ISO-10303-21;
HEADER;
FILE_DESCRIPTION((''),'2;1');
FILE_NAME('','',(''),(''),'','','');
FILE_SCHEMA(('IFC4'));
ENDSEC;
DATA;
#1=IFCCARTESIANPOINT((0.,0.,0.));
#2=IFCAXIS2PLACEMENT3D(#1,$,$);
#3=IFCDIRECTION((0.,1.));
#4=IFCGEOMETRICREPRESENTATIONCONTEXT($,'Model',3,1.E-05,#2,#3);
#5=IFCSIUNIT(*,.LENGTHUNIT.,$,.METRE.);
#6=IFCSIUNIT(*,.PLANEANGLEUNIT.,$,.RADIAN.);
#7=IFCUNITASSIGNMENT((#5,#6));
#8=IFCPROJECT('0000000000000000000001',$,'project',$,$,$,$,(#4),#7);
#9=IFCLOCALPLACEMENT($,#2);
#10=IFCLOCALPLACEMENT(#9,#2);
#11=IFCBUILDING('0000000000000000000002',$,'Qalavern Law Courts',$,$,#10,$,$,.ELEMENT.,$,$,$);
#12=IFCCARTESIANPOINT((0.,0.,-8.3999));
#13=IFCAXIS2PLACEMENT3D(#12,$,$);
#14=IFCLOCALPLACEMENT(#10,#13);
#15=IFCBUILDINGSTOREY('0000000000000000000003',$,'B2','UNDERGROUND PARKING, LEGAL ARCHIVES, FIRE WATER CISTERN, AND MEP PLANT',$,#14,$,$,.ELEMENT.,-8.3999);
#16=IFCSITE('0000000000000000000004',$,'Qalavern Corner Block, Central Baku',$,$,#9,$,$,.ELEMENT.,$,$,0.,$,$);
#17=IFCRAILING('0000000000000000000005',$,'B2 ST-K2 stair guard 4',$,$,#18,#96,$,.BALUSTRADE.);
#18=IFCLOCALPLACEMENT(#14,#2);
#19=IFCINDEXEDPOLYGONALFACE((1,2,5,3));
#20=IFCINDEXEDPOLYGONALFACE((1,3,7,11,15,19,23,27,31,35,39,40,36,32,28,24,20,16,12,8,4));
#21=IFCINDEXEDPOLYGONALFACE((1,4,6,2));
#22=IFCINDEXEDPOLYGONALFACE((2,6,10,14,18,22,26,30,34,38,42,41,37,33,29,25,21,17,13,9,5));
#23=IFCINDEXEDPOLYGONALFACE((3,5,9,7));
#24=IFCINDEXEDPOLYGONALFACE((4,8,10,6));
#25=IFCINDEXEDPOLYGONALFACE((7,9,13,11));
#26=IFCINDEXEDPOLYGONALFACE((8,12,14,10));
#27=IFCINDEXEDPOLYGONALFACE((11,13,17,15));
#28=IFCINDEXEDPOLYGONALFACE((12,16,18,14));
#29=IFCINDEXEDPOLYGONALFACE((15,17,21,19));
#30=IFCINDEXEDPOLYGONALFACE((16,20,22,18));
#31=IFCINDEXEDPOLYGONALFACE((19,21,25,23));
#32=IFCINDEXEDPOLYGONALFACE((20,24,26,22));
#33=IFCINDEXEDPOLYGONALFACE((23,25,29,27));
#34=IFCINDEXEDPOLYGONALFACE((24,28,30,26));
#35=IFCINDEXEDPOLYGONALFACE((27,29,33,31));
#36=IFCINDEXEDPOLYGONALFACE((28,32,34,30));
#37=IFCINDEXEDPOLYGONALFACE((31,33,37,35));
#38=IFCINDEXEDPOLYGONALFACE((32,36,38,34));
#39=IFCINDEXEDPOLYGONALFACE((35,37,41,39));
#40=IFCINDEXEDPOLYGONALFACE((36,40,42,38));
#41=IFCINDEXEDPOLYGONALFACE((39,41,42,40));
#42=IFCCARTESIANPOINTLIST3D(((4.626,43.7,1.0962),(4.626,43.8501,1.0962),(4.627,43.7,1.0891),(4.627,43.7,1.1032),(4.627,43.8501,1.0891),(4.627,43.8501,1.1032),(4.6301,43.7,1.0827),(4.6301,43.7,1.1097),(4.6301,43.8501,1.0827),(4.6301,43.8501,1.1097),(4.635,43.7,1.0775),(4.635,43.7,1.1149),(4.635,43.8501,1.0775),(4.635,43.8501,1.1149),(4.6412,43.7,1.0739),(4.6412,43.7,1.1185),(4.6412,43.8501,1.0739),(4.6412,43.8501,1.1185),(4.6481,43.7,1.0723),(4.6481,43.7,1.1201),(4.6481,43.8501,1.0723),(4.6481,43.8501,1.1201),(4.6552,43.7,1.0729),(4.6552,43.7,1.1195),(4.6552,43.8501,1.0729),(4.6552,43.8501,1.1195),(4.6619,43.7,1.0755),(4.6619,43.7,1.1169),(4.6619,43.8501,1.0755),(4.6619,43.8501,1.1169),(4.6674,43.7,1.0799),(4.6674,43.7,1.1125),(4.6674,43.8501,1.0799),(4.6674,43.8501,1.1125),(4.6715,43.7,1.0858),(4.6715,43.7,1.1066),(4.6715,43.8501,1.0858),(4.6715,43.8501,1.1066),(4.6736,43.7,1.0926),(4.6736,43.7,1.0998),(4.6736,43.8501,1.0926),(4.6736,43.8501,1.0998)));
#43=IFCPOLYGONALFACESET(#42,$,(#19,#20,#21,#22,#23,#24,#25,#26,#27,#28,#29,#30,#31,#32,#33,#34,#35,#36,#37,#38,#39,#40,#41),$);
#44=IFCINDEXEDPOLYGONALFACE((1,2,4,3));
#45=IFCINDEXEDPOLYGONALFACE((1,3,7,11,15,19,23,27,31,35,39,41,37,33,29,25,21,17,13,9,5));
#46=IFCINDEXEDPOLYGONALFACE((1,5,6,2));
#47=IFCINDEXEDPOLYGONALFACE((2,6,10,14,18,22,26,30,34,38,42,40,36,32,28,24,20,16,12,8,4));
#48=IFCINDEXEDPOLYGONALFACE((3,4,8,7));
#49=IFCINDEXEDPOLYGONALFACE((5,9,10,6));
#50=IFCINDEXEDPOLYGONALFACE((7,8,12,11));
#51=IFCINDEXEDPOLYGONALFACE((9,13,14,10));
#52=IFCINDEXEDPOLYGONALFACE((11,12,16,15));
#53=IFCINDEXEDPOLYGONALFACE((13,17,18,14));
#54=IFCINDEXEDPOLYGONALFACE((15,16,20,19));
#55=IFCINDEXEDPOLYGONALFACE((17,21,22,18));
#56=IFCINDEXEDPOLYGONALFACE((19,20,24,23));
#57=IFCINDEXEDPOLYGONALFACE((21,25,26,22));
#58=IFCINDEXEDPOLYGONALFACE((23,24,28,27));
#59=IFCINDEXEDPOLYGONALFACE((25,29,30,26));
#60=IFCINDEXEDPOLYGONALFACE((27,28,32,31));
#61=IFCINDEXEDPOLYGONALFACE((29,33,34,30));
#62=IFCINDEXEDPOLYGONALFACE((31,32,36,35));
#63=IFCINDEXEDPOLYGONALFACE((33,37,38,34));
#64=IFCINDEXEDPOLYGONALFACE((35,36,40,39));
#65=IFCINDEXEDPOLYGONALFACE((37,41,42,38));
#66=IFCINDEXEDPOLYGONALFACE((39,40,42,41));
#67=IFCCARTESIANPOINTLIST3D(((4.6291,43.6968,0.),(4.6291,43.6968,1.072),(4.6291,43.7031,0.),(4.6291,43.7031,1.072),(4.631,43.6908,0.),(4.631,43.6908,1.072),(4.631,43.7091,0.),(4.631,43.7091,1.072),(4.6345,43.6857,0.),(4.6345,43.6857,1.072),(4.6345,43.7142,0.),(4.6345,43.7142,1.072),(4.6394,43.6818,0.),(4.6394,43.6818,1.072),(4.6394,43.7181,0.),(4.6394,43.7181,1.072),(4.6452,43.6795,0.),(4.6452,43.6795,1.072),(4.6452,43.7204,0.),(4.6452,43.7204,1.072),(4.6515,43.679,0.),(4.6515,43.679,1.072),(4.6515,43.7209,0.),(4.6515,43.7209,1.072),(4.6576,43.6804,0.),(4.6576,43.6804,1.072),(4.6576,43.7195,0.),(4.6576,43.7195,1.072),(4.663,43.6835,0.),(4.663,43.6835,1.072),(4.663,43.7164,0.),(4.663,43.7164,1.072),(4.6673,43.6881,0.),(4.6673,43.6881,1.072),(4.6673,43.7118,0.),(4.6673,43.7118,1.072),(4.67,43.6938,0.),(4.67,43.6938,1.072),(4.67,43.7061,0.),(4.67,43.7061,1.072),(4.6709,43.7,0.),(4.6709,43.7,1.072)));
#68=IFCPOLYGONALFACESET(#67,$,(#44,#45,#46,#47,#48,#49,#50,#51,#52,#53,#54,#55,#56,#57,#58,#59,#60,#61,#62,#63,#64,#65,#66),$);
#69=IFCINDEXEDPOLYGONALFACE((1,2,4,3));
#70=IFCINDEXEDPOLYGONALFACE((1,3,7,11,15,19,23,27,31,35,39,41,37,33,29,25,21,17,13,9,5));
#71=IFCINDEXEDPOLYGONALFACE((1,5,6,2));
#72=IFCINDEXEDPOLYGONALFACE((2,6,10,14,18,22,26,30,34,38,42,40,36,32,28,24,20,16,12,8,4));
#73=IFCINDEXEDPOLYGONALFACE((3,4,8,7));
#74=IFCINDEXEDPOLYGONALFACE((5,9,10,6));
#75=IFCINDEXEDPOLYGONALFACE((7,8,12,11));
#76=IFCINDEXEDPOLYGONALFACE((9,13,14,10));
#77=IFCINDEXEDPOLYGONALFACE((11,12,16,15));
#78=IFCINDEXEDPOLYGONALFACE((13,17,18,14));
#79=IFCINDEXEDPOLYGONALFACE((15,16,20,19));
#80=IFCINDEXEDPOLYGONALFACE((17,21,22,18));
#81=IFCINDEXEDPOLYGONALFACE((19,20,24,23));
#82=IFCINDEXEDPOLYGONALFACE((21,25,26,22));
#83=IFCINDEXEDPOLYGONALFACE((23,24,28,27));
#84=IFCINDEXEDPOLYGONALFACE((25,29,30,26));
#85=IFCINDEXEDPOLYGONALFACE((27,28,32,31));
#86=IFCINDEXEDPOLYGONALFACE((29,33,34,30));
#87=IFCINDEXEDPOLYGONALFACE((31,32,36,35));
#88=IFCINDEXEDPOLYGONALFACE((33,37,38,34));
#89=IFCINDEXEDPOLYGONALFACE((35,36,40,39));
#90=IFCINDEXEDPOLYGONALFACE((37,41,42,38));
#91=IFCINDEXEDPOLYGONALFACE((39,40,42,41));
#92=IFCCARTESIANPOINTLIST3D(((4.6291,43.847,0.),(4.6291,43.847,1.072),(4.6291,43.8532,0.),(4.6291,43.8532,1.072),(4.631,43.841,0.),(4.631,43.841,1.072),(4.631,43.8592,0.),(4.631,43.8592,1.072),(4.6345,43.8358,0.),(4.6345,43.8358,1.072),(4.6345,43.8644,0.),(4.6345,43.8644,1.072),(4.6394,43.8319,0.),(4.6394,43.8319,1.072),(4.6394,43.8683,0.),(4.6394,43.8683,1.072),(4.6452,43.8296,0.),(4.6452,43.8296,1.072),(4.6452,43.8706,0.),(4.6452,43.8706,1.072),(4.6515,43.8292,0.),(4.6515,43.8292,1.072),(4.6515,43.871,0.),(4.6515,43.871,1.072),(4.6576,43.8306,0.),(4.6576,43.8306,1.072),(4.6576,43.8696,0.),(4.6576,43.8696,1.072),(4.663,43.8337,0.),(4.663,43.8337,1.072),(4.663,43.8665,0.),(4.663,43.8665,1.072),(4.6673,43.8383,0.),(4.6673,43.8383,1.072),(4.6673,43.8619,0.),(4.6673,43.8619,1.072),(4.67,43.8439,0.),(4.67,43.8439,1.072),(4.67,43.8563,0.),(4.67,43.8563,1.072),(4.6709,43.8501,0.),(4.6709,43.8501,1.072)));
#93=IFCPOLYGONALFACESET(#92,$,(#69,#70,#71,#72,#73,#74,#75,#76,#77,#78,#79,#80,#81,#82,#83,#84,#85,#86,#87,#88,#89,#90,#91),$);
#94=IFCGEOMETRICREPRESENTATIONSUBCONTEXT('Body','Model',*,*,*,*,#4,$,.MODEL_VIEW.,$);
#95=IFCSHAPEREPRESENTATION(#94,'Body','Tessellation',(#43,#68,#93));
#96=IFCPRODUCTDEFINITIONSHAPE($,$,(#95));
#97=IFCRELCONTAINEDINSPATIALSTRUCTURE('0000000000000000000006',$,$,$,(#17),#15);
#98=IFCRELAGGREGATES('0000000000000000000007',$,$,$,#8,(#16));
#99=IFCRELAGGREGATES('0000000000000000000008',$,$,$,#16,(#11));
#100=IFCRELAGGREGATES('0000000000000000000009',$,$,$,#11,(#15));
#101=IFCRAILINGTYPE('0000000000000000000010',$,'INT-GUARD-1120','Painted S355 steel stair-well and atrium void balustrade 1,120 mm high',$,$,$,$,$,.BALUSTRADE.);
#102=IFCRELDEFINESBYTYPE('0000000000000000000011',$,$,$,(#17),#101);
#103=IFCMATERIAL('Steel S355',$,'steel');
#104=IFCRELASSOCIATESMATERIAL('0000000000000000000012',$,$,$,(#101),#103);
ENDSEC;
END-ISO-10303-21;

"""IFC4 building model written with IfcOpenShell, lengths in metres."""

from ifc_helpers import new_model, si_unit, direction, frame, origin, origin_2d, place, context, subcontext, project, spatial, circle, extrude, material, type_object, element, save


model = new_model("IFC4")

# Units and contexts
model_context = context("Model", 3, precision=1e-05, world=origin(), true_north=direction((0.0, 1.0)))
body_context = subcontext(model_context, "Body", "Model", "MODEL_VIEW")
ifc_project = project(units=[si_unit("LENGTHUNIT", "METRE"), si_unit("PLANEANGLEUNIT", "RADIAN")], contexts=[model_context])

# Site, building, storey
site_placement = place(None, origin())
site = spatial("IfcSite", under=ifc_project, at=site_placement, Name="Qalavern Corner Block, Central Baku", CompositionType="ELEMENT", RefElevation=0.0)
building_placement = place(site_placement, origin())
building = spatial("IfcBuilding", under=site, at=building_placement, Name="Qalavern Law Courts", CompositionType="ELEMENT")
storey_placement = place(building_placement, frame((0.0, 0.0, -8.3999)))
storey = spatial("IfcBuildingStorey", under=building, at=storey_placement, Name="B2", Description="UNDERGROUND PARKING, LEGAL ARCHIVES, FIRE WATER CISTERN, AND MEP PLANT", CompositionType="ELEMENT", Elevation=-8.3999)

# Railing
ifc_material_1 = material(Name="Steel S355", Category="steel")
railing_type_1 = type_object("IfcRailingType", Name="INT-GUARD-1120", Description="Painted S355 steel stair-well and atrium void balustrade 1,120 mm high", PredefinedType="BALUSTRADE", material=ifc_material_1)
railing_1_placement = place(storey_placement, frame((4.6499, 43.7, 0.0)))
element("IfcRailing", 1, at=railing_1_placement, inside=storey, type_object=railing_type_1, Name="B2 ST-K2 stair guard 4", PredefinedType="BALUSTRADE", context=body_context, shape_type="SweptSolid", body=[
    extrude(circle(Radius=0.0239, at=origin_2d()), frame((0.0, 0.0, 1.0962), z_axis=(0.0, 1.0, 0.0), x_axis=(-1.0, 0.0, 0.0)), (0.0, 0.0, 1.0), 0.1501),
    extrude(circle(Radius=0.021, at=origin_2d()), origin(), (0.0, 0.0, 1.0), 1.072),
    extrude(circle(Radius=0.021, at=origin_2d()), frame((0.0, 0.1501, 0.0)), (0.0, 0.0, 1.0), 1.072),
])

save(model, "model.ifc")
